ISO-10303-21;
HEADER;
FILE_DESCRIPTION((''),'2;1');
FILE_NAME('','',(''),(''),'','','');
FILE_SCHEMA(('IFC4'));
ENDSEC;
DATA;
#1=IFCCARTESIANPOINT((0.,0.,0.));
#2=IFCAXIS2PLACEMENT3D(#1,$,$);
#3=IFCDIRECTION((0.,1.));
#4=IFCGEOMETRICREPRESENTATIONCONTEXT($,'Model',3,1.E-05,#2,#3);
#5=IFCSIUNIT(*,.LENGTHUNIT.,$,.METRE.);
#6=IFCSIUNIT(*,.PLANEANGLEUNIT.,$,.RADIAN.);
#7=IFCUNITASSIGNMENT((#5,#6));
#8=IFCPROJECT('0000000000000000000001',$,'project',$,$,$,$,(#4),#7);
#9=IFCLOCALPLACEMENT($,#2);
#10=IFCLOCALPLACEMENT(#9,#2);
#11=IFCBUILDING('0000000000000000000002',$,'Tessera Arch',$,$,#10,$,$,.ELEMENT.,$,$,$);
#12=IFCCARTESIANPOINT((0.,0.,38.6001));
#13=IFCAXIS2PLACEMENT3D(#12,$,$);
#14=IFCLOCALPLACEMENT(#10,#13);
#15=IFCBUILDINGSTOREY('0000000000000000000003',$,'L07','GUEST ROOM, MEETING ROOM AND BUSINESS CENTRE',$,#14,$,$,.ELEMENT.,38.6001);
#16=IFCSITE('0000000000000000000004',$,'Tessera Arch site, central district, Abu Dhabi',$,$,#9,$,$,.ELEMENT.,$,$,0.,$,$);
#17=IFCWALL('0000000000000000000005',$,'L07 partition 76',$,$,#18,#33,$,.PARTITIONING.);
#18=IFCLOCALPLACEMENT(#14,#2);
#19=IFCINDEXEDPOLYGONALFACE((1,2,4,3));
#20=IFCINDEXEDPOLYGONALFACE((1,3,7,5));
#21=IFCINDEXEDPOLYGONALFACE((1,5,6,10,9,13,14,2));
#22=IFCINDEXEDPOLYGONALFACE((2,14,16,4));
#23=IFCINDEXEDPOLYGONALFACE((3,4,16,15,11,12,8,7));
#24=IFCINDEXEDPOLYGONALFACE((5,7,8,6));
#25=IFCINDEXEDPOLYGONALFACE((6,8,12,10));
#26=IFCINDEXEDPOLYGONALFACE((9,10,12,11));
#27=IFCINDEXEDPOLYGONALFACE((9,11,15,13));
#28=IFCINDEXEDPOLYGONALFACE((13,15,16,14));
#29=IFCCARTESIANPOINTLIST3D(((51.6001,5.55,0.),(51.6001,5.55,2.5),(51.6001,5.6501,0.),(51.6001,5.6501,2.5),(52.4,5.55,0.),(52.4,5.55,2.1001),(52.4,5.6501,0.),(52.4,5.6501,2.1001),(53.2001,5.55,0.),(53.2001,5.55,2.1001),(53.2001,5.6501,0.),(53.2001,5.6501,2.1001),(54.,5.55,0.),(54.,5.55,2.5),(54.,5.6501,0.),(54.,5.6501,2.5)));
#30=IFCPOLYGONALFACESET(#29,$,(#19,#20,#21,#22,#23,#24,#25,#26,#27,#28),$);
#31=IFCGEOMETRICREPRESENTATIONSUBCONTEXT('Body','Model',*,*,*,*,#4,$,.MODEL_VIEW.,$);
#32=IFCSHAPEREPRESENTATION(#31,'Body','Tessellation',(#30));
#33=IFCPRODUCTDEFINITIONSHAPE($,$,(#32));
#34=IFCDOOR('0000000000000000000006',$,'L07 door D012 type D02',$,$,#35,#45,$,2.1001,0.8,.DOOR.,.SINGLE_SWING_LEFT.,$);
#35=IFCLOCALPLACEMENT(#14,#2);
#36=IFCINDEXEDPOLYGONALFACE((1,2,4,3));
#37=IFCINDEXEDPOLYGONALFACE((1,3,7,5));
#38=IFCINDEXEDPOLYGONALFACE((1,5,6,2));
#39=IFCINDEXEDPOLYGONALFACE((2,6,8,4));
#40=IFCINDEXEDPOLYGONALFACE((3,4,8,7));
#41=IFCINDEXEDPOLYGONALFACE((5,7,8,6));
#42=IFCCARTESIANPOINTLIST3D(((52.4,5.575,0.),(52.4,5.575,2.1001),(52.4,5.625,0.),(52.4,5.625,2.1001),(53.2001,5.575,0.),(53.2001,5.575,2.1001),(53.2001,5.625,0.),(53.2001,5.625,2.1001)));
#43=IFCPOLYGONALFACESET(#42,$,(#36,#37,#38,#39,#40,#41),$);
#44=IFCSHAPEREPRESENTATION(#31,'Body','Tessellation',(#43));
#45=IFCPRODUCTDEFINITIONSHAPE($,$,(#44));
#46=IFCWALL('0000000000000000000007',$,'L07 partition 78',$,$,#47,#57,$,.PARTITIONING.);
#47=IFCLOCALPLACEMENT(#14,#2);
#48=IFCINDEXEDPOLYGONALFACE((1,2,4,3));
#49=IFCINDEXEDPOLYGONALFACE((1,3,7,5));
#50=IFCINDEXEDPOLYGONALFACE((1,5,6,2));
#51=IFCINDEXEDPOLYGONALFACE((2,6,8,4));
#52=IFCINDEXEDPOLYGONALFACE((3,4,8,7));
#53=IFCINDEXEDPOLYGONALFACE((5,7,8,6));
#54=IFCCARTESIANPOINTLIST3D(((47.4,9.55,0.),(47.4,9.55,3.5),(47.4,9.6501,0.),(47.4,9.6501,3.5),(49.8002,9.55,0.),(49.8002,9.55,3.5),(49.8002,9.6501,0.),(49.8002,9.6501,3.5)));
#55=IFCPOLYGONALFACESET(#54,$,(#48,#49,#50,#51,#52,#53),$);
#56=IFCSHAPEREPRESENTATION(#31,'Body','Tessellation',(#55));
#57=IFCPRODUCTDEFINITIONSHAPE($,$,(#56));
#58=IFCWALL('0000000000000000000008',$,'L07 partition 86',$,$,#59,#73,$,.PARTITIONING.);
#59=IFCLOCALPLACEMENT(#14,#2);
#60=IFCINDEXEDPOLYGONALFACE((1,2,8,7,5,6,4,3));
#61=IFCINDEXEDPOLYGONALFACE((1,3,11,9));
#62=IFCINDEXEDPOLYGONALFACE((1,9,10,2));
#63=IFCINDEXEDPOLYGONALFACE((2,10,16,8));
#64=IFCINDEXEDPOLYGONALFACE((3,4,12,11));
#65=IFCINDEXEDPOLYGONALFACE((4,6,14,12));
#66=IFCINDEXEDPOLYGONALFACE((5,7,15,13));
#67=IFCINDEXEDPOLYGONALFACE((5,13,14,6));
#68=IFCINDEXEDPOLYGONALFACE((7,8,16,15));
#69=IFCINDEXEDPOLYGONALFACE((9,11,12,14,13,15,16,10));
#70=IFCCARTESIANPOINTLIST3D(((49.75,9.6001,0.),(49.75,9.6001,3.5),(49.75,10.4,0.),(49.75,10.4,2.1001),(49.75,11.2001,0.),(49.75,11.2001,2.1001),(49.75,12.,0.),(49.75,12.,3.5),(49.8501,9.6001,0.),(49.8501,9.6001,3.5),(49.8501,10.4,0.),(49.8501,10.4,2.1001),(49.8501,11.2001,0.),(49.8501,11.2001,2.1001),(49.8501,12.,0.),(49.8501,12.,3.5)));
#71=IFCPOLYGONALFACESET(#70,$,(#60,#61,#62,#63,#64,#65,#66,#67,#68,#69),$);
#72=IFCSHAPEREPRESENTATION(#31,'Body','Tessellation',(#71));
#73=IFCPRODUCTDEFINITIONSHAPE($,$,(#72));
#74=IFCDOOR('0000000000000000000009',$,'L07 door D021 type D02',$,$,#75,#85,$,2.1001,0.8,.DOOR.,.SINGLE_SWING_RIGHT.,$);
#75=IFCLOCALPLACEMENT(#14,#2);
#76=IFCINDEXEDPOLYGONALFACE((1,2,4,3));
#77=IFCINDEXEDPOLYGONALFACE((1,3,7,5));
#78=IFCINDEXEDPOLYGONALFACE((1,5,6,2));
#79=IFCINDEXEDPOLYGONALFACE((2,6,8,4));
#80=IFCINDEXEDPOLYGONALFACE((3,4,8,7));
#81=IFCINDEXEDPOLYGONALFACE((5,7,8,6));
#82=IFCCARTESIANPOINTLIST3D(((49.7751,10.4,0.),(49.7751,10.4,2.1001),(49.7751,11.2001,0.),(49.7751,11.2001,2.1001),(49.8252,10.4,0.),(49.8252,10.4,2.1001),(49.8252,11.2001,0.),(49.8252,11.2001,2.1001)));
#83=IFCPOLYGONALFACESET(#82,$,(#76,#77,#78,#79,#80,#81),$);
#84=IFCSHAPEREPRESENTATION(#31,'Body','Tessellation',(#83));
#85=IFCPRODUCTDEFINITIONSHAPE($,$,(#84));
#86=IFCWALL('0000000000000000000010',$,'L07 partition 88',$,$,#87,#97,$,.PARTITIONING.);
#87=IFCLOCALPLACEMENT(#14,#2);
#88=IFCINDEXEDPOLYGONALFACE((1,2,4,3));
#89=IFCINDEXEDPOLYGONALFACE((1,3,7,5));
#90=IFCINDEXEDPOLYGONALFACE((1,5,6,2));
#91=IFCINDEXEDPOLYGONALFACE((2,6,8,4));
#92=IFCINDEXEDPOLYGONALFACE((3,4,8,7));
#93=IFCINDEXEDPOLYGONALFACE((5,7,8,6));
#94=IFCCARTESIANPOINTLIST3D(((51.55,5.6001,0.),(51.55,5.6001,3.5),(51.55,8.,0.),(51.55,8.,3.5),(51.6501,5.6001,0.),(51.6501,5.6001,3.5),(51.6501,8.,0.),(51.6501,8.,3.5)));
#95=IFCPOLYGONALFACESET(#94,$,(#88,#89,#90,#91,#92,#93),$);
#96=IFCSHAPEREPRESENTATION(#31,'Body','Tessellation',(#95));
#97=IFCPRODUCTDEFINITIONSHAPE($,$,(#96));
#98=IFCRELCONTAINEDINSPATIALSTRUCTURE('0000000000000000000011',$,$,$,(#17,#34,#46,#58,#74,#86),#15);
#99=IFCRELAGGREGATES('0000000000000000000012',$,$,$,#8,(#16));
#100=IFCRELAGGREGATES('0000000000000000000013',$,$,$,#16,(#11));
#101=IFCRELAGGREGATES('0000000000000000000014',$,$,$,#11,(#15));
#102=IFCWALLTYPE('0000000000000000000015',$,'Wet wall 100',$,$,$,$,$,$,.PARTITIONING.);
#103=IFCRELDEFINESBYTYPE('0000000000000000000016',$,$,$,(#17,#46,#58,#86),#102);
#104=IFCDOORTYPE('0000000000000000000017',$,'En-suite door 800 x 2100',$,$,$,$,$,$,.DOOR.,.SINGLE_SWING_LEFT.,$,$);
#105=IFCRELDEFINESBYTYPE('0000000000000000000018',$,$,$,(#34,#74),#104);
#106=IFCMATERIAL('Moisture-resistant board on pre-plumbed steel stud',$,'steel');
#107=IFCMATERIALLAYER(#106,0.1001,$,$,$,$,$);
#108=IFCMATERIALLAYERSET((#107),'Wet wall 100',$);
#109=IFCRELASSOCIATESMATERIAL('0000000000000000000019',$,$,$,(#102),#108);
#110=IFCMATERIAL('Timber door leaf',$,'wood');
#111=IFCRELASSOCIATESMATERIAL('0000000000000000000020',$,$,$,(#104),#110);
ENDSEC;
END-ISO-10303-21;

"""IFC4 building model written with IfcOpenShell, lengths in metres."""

from ifc_helpers import new_model, si_unit, direction, frame, frame_2d, origin, place, context, subcontext, project, spatial, rectangle, extrude, material, layer, layer_set, type_object, element, fill, save


model = new_model("IFC4")

# Units and contexts
model_context = context("Model", 3, precision=1e-05, world=origin(), true_north=direction((0.0, 1.0)))
body_context = subcontext(model_context, "Body", "Model", "MODEL_VIEW")
ifc_project = project(units=[si_unit("LENGTHUNIT", "METRE"), si_unit("PLANEANGLEUNIT", "RADIAN")], contexts=[model_context])

# Site, building, storey
site_placement = place(None, origin())
site = spatial("IfcSite", under=ifc_project, at=site_placement, Name="Tessera Arch site, central district, Abu Dhabi", CompositionType="ELEMENT", RefElevation=0.0)
building_placement = place(site_placement, origin())
building = spatial("IfcBuilding", under=site, at=building_placement, Name="Tessera Arch", CompositionType="ELEMENT")
storey_placement = place(building_placement, frame((0.0, 0.0, 38.6001)))
storey = spatial("IfcBuildingStorey", under=building, at=storey_placement, Name="L07", Description="GUEST ROOM, MEETING ROOM AND BUSINESS CENTRE", CompositionType="ELEMENT", Elevation=38.6001)

# Wall, opening, door
ifc_material_1 = material(Name="Moisture-resistant board on pre-plumbed steel stud", Category="steel")
ifc_layer_1 = layer(ifc_material_1, 0.1001)
ifc_layer_set_1 = layer_set([ifc_layer_1], Name="Wet wall 100")
wall_type_1 = type_object("IfcWallType", Name="Wet wall 100", PredefinedType="PARTITIONING", material=ifc_layer_set_1)
wall_1_placement = place(storey_placement, frame((51.6001, 5.6001, 0.0), z_axis=(0.0, 0.0, 1.0), x_axis=(1.0, 0.0, 0.0)))
wall_1 = element("IfcWall", 1, at=wall_1_placement, inside=storey, type_object=wall_type_1, Name="L07 partition 76", PredefinedType="PARTITIONING", context=body_context, shape_type="SweptSolid", body=[
    extrude(rectangle(XDim=2.3999, YDim=0.1001, at=frame_2d((1.2, 0.0))), origin(), (0.0, 0.0, 1.0), 2.5),
])
opening_1_placement = place(wall_1_placement, frame((0.8, 0.0, 0.0)))
opening_1 = element("IfcOpeningElement", 2, at=opening_1_placement, cuts=wall_1, PredefinedType="OPENING", context=body_context, shape_type="SweptSolid", body=[
    extrude(rectangle(XDim=0.8, YDim=2.1001, at=frame_2d((0.3999, 1.05))), frame((0.0, 0.0601, 0.0), z_axis=(0.0, -1.0, 0.0), x_axis=(1.0, 0.0, 0.0)), (0.0, 0.0, 1.0), 0.1201),
])
ifc_material_2 = material(Name="Timber door leaf", Category="wood")
door_type_1 = type_object("IfcDoorType", Name="En-suite door 800 x 2100", OperationType="SINGLE_SWING_LEFT", PredefinedType="DOOR", material=ifc_material_2)
door_1_placement = place(opening_1_placement, origin())
door_1 = element("IfcDoor", 3, at=door_1_placement, inside=storey, type_object=door_type_1, Name="L07 door D012 type D02", OperationType="SINGLE_SWING_LEFT", OverallHeight=2.1001, OverallWidth=0.8, PredefinedType="DOOR", context=body_context, shape_type="SweptSolid", body=[
    extrude(rectangle(XDim=0.8, YDim=2.1001, at=frame_2d((0.3999, 1.05))), frame((0.0, 0.0249, 0.0), z_axis=(0.0, -1.0, 0.0), x_axis=(1.0, 0.0, 0.0)), (0.0, 0.0, 1.0), 0.05),
])
fill(opening_1, door_1)

# Wall
wall_2_placement = place(storey_placement, frame((47.3999, 9.6001, 0.0), z_axis=(0.0, 0.0, 1.0), x_axis=(1.0, 0.0, 0.0)))
element("IfcWall", 4, at=wall_2_placement, inside=storey, type_object=wall_type_1, Name="L07 partition 78", PredefinedType="PARTITIONING", context=body_context, shape_type="SweptSolid", body=[
    extrude(rectangle(XDim=2.4001, YDim=0.1001, at=frame_2d((1.2002, 0.0))), origin(), (0.0, 0.0, 1.0), 3.5),
])

# Wall, opening, door
wall_3_placement = place(storey_placement, frame((49.8, 9.6001, 0.0), z_axis=(0.0, 0.0, 1.0), x_axis=(0.0, 1.0, 0.0)))
wall_3 = element("IfcWall", 5, at=wall_3_placement, inside=storey, type_object=wall_type_1, Name="L07 partition 86", PredefinedType="PARTITIONING", context=body_context, shape_type="SweptSolid", body=[
    extrude(rectangle(XDim=2.3999, YDim=0.1001, at=frame_2d((1.2, 0.0))), origin(), (0.0, 0.0, 1.0), 3.5),
])
opening_2_placement = place(wall_3_placement, frame((0.8, 0.0, 0.0)))
opening_2 = element("IfcOpeningElement", 6, at=opening_2_placement, cuts=wall_3, PredefinedType="OPENING", context=body_context, shape_type="SweptSolid", body=[
    extrude(rectangle(XDim=0.8, YDim=2.1001, at=frame_2d((0.3999, 1.05))), frame((0.0, 0.0601, 0.0), z_axis=(0.0, -1.0, 0.0), x_axis=(1.0, 0.0, 0.0)), (0.0, 0.0, 1.0), 0.1201),
])
door_2_placement = place(opening_2_placement, origin())
door_2 = element("IfcDoor", 7, at=door_2_placement, inside=storey, type_object=door_type_1, Name="L07 door D021 type D02", OperationType="SINGLE_SWING_RIGHT", OverallHeight=2.1001, OverallWidth=0.8, PredefinedType="DOOR", context=body_context, shape_type="SweptSolid", body=[
    extrude(rectangle(XDim=0.8, YDim=2.1001, at=frame_2d((0.3999, 1.05))), frame((0.0, 0.0249, 0.0), z_axis=(0.0, -1.0, 0.0), x_axis=(1.0, 0.0, 0.0)), (0.0, 0.0, 1.0), 0.05),
])
fill(opening_2, door_2)

# Wall
wall_4_placement = place(storey_placement, frame((51.6001, 5.6001, 0.0), z_axis=(0.0, 0.0, 1.0), x_axis=(0.0, 1.0, 0.0)))
element("IfcWall", 8, at=wall_4_placement, inside=storey, type_object=wall_type_1, Name="L07 partition 88", PredefinedType="PARTITIONING", context=body_context, shape_type="SweptSolid", body=[
    extrude(rectangle(XDim=2.3999, YDim=0.1001, at=frame_2d((1.2, 0.0))), origin(), (0.0, 0.0, 1.0), 3.5),
])

save(model, "model.ifc")
